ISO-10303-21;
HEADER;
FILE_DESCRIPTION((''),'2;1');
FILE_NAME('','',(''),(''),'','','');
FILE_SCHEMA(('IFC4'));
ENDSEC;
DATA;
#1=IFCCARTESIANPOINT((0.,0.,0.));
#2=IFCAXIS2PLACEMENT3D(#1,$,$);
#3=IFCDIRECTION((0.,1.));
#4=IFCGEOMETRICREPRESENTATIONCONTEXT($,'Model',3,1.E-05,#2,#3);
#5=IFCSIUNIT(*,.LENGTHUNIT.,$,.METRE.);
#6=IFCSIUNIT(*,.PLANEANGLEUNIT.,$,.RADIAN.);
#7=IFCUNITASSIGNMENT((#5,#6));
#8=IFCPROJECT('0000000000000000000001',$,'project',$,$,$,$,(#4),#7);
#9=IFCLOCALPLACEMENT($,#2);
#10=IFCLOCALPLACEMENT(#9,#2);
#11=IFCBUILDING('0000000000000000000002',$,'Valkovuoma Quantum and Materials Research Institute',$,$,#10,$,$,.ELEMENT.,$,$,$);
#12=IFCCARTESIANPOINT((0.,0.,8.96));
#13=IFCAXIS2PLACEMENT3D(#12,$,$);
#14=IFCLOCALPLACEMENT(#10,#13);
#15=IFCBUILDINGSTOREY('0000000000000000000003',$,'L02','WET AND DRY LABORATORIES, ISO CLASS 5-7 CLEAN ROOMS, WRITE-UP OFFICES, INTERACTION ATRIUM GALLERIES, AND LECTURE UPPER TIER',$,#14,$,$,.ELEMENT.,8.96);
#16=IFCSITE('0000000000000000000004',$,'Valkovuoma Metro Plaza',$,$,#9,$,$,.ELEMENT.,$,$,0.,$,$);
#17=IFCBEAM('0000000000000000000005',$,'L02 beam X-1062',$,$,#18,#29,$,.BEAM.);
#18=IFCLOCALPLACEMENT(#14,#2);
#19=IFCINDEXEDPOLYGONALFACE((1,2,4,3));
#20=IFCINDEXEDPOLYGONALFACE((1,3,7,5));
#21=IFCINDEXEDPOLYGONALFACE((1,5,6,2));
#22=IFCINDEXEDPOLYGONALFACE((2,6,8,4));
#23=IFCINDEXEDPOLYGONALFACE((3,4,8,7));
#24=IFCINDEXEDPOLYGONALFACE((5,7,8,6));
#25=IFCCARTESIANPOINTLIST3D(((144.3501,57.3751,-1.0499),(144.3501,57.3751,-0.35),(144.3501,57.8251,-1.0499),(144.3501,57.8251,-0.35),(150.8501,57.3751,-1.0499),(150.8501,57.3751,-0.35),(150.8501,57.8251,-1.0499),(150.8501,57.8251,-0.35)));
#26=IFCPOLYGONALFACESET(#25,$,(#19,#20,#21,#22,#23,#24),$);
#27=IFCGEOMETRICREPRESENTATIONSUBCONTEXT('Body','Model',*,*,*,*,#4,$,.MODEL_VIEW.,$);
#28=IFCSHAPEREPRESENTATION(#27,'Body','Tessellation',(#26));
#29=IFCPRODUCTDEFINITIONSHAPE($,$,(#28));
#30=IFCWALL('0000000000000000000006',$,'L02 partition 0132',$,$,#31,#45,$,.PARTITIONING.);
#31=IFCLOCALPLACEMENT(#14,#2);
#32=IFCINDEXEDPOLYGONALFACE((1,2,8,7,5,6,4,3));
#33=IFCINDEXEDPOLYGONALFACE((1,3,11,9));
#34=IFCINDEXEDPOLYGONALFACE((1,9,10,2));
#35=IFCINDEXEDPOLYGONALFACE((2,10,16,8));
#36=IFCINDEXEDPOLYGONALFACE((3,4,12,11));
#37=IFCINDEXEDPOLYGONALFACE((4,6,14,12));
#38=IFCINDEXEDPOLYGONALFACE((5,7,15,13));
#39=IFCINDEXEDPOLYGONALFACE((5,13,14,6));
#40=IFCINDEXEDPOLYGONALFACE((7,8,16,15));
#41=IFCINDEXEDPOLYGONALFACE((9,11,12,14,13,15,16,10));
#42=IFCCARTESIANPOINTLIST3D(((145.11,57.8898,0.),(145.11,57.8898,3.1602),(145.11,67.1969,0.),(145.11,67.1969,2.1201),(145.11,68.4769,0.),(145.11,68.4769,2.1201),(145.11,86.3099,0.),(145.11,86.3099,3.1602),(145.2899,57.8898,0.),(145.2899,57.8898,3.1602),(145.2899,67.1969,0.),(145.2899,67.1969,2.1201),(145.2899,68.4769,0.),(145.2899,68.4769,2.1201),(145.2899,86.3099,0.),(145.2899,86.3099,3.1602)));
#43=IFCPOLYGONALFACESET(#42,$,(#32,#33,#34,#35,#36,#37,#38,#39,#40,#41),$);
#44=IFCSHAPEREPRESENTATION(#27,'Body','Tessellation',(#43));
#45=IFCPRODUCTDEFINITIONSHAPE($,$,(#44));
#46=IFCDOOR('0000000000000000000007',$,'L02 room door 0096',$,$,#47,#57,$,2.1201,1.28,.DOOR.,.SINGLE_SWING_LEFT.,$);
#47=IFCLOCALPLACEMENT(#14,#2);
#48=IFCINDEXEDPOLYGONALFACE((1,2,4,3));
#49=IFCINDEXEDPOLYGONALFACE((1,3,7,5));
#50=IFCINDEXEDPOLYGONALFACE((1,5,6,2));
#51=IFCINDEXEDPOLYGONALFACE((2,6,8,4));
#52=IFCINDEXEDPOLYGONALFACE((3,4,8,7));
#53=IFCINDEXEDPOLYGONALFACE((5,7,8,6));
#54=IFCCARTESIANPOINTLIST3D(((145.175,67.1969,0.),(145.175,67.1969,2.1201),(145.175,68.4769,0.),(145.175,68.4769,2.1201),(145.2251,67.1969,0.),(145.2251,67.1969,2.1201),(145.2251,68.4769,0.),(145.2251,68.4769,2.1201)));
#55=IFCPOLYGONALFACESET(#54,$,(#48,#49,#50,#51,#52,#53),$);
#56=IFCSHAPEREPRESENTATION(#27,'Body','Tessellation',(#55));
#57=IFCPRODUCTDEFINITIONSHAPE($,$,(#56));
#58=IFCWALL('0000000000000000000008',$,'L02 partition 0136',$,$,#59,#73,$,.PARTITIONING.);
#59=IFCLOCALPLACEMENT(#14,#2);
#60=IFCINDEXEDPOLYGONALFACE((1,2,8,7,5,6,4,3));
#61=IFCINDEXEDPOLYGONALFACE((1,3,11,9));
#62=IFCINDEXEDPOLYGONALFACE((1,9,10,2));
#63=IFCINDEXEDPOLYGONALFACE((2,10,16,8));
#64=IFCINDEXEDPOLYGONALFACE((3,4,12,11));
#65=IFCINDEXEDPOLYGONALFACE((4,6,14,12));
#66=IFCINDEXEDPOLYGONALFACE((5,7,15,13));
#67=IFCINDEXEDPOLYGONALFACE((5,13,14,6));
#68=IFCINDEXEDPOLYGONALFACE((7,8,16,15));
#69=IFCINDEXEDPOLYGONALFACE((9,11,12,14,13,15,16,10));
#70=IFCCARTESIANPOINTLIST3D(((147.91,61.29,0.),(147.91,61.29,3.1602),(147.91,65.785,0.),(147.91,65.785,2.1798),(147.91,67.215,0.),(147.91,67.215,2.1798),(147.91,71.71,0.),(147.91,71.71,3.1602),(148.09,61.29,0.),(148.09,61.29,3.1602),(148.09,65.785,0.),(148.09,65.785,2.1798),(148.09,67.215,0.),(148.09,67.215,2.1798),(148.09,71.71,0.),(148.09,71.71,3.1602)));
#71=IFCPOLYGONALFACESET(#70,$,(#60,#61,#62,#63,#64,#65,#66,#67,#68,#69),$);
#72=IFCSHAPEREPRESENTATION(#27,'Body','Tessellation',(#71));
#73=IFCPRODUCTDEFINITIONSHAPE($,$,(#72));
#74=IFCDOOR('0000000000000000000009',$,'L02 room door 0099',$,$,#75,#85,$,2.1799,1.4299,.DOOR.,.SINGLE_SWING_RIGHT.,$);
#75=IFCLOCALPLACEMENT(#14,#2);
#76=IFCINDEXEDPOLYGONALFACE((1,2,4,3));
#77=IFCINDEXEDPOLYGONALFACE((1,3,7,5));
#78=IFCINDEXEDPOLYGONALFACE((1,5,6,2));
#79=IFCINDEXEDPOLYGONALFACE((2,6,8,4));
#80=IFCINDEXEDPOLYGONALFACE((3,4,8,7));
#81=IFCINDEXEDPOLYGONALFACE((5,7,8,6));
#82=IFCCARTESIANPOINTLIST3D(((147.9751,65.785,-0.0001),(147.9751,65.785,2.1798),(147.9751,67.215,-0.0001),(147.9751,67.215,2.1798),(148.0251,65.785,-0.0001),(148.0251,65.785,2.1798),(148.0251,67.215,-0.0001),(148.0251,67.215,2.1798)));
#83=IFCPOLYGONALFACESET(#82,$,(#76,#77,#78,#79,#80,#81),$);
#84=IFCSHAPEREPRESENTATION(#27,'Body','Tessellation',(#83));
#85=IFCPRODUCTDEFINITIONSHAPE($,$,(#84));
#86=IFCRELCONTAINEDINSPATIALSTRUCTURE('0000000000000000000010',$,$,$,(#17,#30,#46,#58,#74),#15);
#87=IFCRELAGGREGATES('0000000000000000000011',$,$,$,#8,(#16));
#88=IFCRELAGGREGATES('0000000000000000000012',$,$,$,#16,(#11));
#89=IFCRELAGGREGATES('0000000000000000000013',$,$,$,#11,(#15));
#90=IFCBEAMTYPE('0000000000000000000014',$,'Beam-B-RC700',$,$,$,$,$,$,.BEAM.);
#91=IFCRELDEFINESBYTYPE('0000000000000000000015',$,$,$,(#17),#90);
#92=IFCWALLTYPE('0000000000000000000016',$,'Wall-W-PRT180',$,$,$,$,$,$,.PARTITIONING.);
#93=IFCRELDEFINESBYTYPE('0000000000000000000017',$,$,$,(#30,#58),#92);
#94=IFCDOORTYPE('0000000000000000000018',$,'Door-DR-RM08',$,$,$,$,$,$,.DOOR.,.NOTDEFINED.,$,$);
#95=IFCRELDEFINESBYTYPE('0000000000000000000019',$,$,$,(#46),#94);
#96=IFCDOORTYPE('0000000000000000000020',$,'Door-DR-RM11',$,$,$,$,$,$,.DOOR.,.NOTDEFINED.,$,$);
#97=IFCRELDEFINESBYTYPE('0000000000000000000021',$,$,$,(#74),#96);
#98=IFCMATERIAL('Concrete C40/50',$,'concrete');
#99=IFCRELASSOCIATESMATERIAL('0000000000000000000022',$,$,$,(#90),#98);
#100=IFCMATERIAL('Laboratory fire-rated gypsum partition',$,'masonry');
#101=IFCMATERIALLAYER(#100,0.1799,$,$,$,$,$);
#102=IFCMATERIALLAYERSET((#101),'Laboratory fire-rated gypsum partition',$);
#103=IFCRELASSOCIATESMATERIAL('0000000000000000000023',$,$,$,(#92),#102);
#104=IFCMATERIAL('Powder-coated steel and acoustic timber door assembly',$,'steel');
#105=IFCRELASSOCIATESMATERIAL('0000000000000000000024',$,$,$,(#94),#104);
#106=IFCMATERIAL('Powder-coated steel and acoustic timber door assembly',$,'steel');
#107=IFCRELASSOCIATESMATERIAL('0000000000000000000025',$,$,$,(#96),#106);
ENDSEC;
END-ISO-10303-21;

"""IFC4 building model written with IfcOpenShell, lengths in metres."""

from ifc_helpers import new_model, si_unit, direction, frame, frame_2d, origin, origin_2d, place, context, subcontext, project, spatial, rectangle, extrude, material, layer, layer_set, material_profile, profile_set, type_object, element, fill, save


model = new_model("IFC4")

# Units and contexts
model_context = context("Model", 3, precision=1e-05, world=origin(), true_north=direction((0.0, 1.0)))
body_context = subcontext(model_context, "Body", "Model", "MODEL_VIEW")
ifc_project = project(units=[si_unit("LENGTHUNIT", "METRE"), si_unit("PLANEANGLEUNIT", "RADIAN")], contexts=[model_context])

# Site, building, storey
site_placement = place(None, origin())
site = spatial("IfcSite", under=ifc_project, at=site_placement, Name="Valkovuoma Metro Plaza", CompositionType="ELEMENT", RefElevation=0.0)
building_placement = place(site_placement, origin())
building = spatial("IfcBuilding", under=site, at=building_placement, Name="Valkovuoma Quantum and Materials Research Institute", CompositionType="ELEMENT")
storey_placement = place(building_placement, frame((0.0, 0.0, 8.96)))
storey = spatial("IfcBuildingStorey", under=building, at=storey_placement, Name="L02", Description="WET AND DRY LABORATORIES, ISO CLASS 5-7 CLEAN ROOMS, WRITE-UP OFFICES, INTERACTION ATRIUM GALLERIES, AND LECTURE UPPER TIER", CompositionType="ELEMENT", Elevation=8.96)

# Beam
ifc_material_1 = material(Name="Concrete C40/50", Category="concrete")
ifc_material_profile_1 = material_profile(ifc_material_1, rectangle(XDim=0.45, YDim=0.7, at=origin_2d()), Name="Concrete C40/50")
ifc_profile_set_1 = profile_set([ifc_material_profile_1], Name="Concrete C40/50")
beam_type_1 = type_object("IfcBeamType", Name="Beam-B-RC700", PredefinedType="BEAM", material=ifc_profile_set_1)
for number, where, z_axis, x_axis, name in (
    (1, (144.3501, 57.6001, -0.7), (1.0, 0.0, 0.0), (0.0, 1.0, 0.0), "L02 beam X-1062"),
):
    element("IfcBeam", number, at=place(storey_placement, frame(where, z_axis=z_axis, x_axis=x_axis)), inside=storey, type_object=beam_type_1, Name=name, PredefinedType="BEAM", context=body_context, shape_type="SweptSolid", body=[
        extrude(rectangle(XDim=0.45, YDim=0.7, at=origin_2d()), origin(), (0.0, 0.0, 1.0), 6.5),
    ])

# Walls, openings, doors
ifc_material_2 = material(Name="Laboratory fire-rated gypsum partition", Category="masonry")
ifc_layer = layer(ifc_material_2, 0.1799)
ifc_layer_set = layer_set([ifc_layer], Name="Laboratory fire-rated gypsum partition")
wall_type = type_object("IfcWallType", Name="Wall-W-PRT180", PredefinedType="PARTITIONING", material=ifc_layer_set)
wall_1_placement = place(storey_placement, frame((145.2, 57.8899, 0.0), z_axis=(0.0, 0.0, 1.0), x_axis=(0.0, 1.0, 0.0)))
wall_1 = element("IfcWall", 2, at=wall_1_placement, inside=storey, type_object=wall_type, Name="L02 partition 0132", PredefinedType="PARTITIONING", context=body_context, shape_type="SweptSolid", body=[
    extrude(rectangle(XDim=28.4202, YDim=0.1799, at=frame_2d((14.21, 0.0))), origin(), (0.0, 0.0, 1.0), 3.1602),
])
opening_1_placement = place(wall_1_placement, frame((9.3069, 0.0, 0.0)))
opening_1 = element("IfcOpeningElement", 3, at=opening_1_placement, cuts=wall_1, PredefinedType="OPENING", context=body_context, shape_type="SweptSolid", body=[
    extrude(rectangle(XDim=1.28, YDim=2.1201, at=frame_2d((0.6401, 1.0601))), frame((0.0, 0.1001, 0.0), z_axis=(0.0, -1.0, 0.0), x_axis=(1.0, 0.0, 0.0)), (0.0, 0.0, 1.0), 0.2),
])
ifc_material_3 = material(Name="Powder-coated steel and acoustic timber door assembly", Category="steel")
door_type_1 = type_object("IfcDoorType", Name="Door-DR-RM08", OperationType="NOTDEFINED", PredefinedType="DOOR", material=ifc_material_3)
door_1_placement = place(opening_1_placement, origin())
door_1 = element("IfcDoor", 4, at=door_1_placement, inside=storey, type_object=door_type_1, Name="L02 room door 0096", OperationType="SINGLE_SWING_LEFT", OverallHeight=2.1201, OverallWidth=1.28, PredefinedType="DOOR", context=body_context, shape_type="SweptSolid", body=[
    extrude(rectangle(XDim=1.28, YDim=2.1201, at=frame_2d((0.6401, 1.0601))), frame((0.0, 0.0249, 0.0), z_axis=(0.0, -1.0, 0.0), x_axis=(1.0, 0.0, 0.0)), (0.0, 0.0, 1.0), 0.05),
])
fill(opening_1, door_1)
wall_2_placement = place(storey_placement, frame((148.0, 61.29, 0.0), z_axis=(0.0, 0.0, 1.0), x_axis=(0.0, 1.0, 0.0)))
wall_2 = element("IfcWall", 5, at=wall_2_placement, inside=storey, type_object=wall_type, Name="L02 partition 0136", PredefinedType="PARTITIONING", context=body_context, shape_type="SweptSolid", body=[
    extrude(rectangle(XDim=10.4199, YDim=0.1799, at=frame_2d((5.21, 0.0))), origin(), (0.0, 0.0, 1.0), 3.1602),
])
opening_2_placement = place(wall_2_placement, frame((4.4951, 0.0, 0.0)))
opening_2 = element("IfcOpeningElement", 6, at=opening_2_placement, cuts=wall_2, PredefinedType="OPENING", context=body_context, shape_type="SweptSolid", body=[
    extrude(rectangle(XDim=1.4299, YDim=2.1799, at=frame_2d((0.7148, 1.0898))), frame((0.0, 0.1001, 0.0), z_axis=(0.0, -1.0, 0.0), x_axis=(1.0, 0.0, 0.0)), (0.0, 0.0, 1.0), 0.2),
])
ifc_material_4 = material(Name="Powder-coated steel and acoustic timber door assembly", Category="steel")
door_type_2 = type_object("IfcDoorType", Name="Door-DR-RM11", OperationType="NOTDEFINED", PredefinedType="DOOR", material=ifc_material_4)
door_2_placement = place(opening_2_placement, origin())
door_2 = element("IfcDoor", 7, at=door_2_placement, inside=storey, type_object=door_type_2, Name="L02 room door 0099", OperationType="SINGLE_SWING_RIGHT", OverallHeight=2.1799, OverallWidth=1.4299, PredefinedType="DOOR", context=body_context, shape_type="SweptSolid", body=[
    extrude(rectangle(XDim=1.4299, YDim=2.1799, at=frame_2d((0.7148, 1.0898))), frame((0.0, 0.0249, 0.0), z_axis=(0.0, -1.0, 0.0), x_axis=(1.0, 0.0, 0.0)), (0.0, 0.0, 1.0), 0.05),
])
fill(opening_2, door_2)

save(model, "model.ifc")
